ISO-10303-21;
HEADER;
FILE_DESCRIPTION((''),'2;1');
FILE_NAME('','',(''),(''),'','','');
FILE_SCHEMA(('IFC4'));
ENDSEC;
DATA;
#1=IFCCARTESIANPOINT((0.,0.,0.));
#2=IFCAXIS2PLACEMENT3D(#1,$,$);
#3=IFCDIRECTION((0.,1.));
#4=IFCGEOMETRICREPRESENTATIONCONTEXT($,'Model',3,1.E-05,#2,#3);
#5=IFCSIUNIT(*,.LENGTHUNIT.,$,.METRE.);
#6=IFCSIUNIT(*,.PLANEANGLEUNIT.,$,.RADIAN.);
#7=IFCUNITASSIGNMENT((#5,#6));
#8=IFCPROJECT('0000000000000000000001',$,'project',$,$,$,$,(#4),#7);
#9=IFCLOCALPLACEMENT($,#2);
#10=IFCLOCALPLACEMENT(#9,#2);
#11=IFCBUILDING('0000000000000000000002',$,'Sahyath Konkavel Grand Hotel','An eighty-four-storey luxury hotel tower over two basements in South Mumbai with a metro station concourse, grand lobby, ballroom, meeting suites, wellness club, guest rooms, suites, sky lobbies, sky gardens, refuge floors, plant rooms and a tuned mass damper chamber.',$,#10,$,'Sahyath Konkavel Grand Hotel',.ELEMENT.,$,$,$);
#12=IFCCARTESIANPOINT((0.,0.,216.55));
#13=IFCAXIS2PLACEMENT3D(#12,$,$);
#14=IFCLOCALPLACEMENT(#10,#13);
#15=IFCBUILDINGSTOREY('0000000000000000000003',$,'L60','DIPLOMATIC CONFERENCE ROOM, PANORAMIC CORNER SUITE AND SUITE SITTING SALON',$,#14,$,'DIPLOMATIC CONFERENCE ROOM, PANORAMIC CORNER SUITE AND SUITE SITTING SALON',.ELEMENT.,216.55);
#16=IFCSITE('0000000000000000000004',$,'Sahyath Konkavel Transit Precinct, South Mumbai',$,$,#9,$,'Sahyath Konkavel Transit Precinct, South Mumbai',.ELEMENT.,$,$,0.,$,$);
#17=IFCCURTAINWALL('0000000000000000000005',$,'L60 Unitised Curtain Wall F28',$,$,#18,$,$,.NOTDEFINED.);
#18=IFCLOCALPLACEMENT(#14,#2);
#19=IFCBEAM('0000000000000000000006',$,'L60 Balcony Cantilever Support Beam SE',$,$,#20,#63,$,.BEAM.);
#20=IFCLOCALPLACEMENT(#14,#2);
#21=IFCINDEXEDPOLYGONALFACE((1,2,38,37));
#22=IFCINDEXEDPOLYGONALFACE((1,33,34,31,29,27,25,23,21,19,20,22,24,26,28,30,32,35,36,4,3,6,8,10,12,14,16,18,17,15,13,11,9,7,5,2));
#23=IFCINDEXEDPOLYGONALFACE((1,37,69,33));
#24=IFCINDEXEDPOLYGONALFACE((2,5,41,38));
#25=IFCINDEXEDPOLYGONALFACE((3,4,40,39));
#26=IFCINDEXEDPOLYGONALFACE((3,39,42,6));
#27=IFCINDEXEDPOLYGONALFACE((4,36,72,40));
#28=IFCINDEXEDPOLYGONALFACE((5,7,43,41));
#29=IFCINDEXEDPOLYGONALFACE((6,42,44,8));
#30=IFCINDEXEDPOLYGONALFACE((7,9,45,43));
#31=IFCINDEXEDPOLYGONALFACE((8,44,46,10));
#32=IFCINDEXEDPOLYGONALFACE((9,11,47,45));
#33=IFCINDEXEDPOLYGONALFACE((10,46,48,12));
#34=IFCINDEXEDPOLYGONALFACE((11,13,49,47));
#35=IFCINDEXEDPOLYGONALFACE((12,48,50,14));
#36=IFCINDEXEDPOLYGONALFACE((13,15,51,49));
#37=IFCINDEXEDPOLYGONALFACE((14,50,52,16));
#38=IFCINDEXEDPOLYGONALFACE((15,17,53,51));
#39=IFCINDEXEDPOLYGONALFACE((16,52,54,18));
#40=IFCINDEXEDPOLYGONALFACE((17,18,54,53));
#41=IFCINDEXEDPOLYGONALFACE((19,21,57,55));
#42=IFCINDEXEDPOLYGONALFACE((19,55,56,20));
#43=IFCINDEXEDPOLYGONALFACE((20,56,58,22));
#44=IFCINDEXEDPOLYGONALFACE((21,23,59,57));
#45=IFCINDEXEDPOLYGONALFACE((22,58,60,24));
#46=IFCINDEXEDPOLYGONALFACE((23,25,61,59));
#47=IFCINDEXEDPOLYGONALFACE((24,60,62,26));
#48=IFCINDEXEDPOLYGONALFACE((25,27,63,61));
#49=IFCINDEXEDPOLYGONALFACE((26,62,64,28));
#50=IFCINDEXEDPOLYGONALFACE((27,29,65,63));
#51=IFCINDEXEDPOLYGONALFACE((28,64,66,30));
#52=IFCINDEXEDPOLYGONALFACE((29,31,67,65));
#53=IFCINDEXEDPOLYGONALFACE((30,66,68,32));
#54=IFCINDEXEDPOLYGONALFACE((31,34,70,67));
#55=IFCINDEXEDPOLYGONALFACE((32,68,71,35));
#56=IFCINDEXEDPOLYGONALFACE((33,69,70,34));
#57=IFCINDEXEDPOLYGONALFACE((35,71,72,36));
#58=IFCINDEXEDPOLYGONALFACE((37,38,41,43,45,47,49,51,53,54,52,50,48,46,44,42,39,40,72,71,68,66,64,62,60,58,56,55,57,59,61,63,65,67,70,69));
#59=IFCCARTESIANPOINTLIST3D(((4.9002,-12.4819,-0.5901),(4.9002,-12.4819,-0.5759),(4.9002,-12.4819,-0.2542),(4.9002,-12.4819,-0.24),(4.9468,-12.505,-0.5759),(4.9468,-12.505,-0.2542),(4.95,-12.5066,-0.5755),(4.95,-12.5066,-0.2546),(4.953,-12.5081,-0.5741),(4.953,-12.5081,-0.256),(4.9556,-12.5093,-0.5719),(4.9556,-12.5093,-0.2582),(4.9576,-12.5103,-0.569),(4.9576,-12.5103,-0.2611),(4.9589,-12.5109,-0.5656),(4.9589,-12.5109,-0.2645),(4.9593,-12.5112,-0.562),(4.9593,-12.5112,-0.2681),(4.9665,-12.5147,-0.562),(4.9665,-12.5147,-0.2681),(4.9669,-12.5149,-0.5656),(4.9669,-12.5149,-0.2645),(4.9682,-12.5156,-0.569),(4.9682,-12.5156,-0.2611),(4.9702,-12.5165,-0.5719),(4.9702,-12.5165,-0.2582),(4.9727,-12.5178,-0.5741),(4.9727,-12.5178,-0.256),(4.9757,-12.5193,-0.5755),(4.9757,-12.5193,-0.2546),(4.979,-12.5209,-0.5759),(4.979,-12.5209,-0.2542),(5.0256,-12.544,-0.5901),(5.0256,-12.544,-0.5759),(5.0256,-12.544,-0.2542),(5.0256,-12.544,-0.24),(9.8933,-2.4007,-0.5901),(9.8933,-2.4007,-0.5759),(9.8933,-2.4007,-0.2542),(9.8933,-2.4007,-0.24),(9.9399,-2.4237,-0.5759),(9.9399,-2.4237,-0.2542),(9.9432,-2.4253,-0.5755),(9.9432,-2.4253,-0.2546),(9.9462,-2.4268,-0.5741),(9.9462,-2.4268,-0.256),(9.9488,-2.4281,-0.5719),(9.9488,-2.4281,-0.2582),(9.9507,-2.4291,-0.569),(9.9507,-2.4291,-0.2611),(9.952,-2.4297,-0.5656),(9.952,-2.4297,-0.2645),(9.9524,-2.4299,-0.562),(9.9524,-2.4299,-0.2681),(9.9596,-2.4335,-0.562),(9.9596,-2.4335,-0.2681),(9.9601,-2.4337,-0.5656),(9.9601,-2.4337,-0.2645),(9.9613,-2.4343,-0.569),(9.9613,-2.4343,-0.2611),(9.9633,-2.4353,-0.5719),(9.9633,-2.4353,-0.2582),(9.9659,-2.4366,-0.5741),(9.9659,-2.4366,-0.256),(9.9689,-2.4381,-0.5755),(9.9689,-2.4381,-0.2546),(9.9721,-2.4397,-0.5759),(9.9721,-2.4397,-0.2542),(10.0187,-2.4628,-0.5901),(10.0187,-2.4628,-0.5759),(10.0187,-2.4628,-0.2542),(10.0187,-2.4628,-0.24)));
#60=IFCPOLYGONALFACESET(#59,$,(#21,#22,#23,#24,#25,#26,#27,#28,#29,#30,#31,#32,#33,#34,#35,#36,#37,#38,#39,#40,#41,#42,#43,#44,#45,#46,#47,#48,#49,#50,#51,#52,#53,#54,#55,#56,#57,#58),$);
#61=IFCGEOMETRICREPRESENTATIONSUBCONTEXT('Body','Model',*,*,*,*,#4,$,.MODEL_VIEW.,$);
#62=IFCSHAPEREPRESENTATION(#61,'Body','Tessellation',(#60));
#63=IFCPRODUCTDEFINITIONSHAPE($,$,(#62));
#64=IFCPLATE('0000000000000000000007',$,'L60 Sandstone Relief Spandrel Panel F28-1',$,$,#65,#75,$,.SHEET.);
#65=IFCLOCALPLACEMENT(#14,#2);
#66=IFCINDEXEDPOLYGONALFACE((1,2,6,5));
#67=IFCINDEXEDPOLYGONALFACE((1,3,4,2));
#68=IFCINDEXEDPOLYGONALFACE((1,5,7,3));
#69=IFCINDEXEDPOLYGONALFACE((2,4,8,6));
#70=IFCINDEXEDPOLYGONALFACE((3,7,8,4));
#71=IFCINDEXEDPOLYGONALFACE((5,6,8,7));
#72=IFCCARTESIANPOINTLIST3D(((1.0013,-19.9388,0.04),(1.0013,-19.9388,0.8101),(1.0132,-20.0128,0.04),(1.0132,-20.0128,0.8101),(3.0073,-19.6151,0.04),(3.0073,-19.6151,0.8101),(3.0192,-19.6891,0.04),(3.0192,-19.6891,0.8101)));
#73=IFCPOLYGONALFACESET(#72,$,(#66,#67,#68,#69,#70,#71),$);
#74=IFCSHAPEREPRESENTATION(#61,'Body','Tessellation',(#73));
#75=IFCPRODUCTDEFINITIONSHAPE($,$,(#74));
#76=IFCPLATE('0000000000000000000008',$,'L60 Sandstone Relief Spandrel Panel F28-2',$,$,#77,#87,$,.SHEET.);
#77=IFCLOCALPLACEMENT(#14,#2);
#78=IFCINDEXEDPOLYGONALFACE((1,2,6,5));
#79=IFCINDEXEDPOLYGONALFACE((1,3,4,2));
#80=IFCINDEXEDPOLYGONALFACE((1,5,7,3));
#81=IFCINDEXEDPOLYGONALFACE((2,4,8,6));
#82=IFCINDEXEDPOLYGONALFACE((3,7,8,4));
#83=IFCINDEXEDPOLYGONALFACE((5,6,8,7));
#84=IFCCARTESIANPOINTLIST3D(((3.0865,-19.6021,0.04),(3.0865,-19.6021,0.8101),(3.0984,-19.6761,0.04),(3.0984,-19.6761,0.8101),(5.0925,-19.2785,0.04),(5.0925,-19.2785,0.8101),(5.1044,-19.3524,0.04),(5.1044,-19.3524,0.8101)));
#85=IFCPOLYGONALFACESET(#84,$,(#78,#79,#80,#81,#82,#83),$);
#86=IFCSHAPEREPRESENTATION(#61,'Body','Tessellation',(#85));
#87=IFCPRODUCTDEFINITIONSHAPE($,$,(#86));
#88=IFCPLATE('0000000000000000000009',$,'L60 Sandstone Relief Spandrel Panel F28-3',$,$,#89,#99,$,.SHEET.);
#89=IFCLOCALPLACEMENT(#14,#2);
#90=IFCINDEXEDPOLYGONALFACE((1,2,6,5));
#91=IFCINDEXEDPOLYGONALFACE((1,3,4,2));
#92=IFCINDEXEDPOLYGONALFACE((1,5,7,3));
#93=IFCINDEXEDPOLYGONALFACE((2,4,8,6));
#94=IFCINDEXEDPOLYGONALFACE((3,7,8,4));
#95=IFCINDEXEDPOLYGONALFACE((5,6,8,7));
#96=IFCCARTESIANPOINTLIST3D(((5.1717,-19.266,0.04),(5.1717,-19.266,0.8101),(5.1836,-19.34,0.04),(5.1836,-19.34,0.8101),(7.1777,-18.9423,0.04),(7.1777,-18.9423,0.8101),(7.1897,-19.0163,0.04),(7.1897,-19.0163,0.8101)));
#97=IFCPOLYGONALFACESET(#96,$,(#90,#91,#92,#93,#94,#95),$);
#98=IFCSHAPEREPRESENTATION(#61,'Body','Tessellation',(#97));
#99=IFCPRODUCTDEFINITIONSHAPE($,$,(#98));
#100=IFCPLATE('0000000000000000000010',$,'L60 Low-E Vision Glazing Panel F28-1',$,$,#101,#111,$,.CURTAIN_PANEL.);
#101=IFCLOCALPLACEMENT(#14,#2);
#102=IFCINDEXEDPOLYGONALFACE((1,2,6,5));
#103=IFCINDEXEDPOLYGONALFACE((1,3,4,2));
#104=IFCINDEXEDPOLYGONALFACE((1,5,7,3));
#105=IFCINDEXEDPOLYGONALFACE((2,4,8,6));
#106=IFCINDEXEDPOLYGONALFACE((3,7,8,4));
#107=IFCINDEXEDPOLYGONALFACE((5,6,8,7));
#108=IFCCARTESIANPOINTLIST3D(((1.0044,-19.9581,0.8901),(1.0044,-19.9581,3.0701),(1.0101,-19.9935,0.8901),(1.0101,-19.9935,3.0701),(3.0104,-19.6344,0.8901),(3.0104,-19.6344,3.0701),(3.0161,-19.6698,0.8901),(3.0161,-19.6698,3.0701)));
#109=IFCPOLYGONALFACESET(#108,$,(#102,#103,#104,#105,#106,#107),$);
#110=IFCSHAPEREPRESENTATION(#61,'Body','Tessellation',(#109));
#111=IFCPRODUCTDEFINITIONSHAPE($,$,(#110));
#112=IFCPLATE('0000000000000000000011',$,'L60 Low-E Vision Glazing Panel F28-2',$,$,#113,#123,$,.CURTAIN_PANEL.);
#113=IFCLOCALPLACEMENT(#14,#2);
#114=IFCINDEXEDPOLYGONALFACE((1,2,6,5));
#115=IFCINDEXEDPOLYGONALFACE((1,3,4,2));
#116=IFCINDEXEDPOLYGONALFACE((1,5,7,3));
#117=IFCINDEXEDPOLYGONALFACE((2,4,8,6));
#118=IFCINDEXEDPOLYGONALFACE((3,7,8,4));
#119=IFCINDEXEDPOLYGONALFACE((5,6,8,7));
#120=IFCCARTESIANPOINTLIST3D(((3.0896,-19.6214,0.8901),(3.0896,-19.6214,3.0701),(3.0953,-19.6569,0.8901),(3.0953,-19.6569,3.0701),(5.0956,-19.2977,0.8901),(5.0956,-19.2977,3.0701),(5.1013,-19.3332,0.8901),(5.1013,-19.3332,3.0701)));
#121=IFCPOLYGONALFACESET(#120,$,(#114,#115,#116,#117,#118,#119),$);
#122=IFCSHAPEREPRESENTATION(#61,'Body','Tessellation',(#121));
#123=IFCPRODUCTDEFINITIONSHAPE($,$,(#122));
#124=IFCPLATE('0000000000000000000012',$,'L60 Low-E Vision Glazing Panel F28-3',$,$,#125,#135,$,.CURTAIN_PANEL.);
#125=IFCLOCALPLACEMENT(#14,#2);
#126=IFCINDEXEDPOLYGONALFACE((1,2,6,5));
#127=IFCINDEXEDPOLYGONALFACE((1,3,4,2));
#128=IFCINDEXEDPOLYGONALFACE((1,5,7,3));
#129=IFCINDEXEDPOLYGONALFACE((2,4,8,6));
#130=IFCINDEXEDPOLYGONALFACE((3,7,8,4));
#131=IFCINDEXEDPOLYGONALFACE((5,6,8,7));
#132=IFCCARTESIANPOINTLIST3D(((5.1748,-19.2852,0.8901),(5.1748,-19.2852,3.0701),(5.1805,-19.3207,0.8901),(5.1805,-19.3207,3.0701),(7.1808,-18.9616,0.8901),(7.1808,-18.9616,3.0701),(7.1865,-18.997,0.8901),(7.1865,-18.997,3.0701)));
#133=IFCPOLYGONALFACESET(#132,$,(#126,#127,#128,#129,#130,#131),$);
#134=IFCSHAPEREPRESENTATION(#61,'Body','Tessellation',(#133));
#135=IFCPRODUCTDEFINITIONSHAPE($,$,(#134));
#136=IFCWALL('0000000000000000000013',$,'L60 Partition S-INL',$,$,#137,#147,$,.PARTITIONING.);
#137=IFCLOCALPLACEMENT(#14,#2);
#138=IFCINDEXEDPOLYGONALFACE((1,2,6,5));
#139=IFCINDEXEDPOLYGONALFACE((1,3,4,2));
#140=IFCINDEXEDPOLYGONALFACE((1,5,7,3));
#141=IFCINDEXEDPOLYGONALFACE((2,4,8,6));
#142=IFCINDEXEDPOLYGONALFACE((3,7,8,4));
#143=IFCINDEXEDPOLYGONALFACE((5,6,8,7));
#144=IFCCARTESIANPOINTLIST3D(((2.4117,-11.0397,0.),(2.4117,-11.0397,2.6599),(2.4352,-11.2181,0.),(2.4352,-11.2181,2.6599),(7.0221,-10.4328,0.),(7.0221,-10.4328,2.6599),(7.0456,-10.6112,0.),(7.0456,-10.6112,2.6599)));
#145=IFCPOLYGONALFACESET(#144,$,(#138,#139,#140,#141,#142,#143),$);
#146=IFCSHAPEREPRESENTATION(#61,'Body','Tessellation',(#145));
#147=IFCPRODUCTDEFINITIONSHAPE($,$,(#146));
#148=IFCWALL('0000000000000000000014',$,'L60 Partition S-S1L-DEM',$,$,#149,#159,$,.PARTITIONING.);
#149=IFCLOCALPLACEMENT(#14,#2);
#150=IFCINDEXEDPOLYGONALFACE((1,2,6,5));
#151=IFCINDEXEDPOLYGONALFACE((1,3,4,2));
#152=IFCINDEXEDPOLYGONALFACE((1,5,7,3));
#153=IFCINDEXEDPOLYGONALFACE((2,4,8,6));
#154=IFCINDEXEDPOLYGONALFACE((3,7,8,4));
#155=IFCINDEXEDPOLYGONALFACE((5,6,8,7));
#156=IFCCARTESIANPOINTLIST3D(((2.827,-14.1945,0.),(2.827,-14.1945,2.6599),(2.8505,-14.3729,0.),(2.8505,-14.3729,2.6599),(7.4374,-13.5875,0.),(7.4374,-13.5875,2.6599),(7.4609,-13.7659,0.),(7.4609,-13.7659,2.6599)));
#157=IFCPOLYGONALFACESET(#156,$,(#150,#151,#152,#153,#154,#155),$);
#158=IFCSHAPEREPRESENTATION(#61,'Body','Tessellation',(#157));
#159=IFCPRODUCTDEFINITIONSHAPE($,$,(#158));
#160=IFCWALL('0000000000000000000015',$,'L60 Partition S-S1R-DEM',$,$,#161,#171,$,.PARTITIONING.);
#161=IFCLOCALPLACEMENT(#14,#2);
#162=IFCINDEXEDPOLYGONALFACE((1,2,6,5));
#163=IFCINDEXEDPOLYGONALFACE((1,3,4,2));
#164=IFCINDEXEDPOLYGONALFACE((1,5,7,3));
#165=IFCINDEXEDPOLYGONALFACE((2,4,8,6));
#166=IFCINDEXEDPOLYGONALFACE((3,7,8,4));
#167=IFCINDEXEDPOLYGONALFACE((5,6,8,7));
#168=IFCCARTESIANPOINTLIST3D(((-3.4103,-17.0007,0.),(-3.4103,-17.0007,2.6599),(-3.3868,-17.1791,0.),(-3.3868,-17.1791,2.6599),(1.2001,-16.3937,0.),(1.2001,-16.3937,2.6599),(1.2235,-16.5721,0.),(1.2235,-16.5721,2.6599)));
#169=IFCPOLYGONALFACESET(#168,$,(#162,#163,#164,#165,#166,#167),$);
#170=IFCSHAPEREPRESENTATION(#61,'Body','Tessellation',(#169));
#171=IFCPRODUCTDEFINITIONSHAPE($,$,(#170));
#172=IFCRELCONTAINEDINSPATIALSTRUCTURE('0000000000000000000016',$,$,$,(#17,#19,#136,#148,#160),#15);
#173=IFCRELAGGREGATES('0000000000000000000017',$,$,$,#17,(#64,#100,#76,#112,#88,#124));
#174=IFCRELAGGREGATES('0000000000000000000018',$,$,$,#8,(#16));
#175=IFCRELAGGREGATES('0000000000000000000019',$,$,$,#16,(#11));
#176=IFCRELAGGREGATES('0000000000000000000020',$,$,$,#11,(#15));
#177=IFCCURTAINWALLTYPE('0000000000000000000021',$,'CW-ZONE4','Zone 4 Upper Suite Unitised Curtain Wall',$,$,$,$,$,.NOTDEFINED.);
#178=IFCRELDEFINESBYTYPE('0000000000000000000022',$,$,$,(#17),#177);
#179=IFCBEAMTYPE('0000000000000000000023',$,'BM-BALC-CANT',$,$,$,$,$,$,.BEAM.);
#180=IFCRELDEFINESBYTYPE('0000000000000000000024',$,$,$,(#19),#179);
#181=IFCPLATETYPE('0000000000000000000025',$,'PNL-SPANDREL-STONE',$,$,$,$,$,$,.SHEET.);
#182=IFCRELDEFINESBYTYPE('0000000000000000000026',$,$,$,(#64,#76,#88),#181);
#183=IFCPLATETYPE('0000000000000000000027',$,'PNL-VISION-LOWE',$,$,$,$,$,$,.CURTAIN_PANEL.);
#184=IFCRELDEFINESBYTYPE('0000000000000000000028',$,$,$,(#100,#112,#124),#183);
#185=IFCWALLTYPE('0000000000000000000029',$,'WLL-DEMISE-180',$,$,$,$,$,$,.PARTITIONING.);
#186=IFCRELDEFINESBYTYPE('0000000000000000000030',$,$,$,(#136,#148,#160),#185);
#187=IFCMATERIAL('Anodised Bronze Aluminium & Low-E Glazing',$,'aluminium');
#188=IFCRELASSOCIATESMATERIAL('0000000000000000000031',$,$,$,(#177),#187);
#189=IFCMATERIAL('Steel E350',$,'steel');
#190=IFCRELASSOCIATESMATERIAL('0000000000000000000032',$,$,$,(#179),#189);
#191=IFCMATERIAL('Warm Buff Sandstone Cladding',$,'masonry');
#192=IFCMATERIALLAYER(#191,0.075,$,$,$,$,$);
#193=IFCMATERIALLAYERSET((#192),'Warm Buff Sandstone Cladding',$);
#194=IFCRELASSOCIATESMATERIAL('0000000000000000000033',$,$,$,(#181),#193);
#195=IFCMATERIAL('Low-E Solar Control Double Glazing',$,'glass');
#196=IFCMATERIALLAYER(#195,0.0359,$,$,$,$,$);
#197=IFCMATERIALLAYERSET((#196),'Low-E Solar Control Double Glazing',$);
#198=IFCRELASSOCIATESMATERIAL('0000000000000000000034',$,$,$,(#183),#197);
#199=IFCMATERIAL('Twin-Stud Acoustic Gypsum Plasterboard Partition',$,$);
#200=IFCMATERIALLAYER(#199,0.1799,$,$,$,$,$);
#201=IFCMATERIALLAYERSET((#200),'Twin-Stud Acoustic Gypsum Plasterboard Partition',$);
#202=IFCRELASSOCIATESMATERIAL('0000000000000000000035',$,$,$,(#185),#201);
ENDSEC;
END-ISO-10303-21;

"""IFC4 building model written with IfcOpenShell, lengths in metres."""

from ifc_helpers import new_model, si_unit, direction, frame, frame_2d, origin, origin_2d, place, context, subcontext, project, spatial, rectangle, i_section, extrude, source, transform, mapped, material, layer, layer_set, material_profile, profile_set, type_object, element, aggregate, save


model = new_model("IFC4")

# Units and contexts
model_context = context("Model", 3, precision=1e-05, world=origin(), true_north=direction((0.0, 1.0)))
body_context = subcontext(model_context, "Body", "Model", "MODEL_VIEW")
ifc_project = project(units=[si_unit("LENGTHUNIT", "METRE"), si_unit("PLANEANGLEUNIT", "RADIAN")], contexts=[model_context])

# Site, building, storey
site_placement = place(None, origin())
site = spatial("IfcSite", under=ifc_project, at=site_placement, Name="Sahyath Konkavel Transit Precinct, South Mumbai", LongName="Sahyath Konkavel Transit Precinct, South Mumbai", CompositionType="ELEMENT", RefElevation=0.0)
building_placement = place(site_placement, origin())
building = spatial("IfcBuilding", under=site, at=building_placement, Name="Sahyath Konkavel Grand Hotel", Description="An eighty-four-storey luxury hotel tower over two basements in South Mumbai with a metro station concourse, grand lobby, ballroom, meeting suites, wellness club, guest rooms, suites, sky lobbies, sky gardens, refuge floors, plant rooms and a tuned mass damper chamber.", LongName="Sahyath Konkavel Grand Hotel", CompositionType="ELEMENT")
storey_placement = place(building_placement, frame((0.0, 0.0, 216.55)))
storey = spatial("IfcBuildingStorey", under=building, at=storey_placement, Name="L60", Description="DIPLOMATIC CONFERENCE ROOM, PANORAMIC CORNER SUITE AND SUITE SITTING SALON", LongName="DIPLOMATIC CONFERENCE ROOM, PANORAMIC CORNER SUITE AND SUITE SITTING SALON", CompositionType="ELEMENT", Elevation=216.55)

# Curtain wall
ifc_material_1 = material(Name="Anodised Bronze Aluminium & Low-E Glazing", Category="aluminium")
curtain_wall_type = type_object("IfcCurtainWallType", Name="CW-ZONE4", Description="Zone 4 Upper Suite Unitised Curtain Wall", PredefinedType="NOTDEFINED", material=ifc_material_1)
curtain_wall_placement = place(storey_placement, origin())
curtain_wall = element("IfcCurtainWall", 1, at=curtain_wall_placement, inside=storey, type_object=curtain_wall_type, Name="L60 Unitised Curtain Wall F28", PredefinedType="NOTDEFINED")

# Beam
ifc_material_2 = material(Name="Steel E350", Category="steel")
ifc_material_profile_1 = material_profile(ifc_material_2, i_section(OverallWidth=0.1399, OverallDepth=0.3501, WebThickness=0.0081, FlangeThickness=0.0142, FilletRadius=0.0139, at=origin_2d()), Name="ISMB 350")
ifc_profile_set_1 = profile_set([ifc_material_profile_1], Name="Steel E350")
beam_type = type_object("IfcBeamType", Name="BM-BALC-CANT", PredefinedType="BEAM", material=ifc_profile_set_1)
shared_shape_1 = source(origin(), body_context, "Body", "SweptSolid", [
    extrude(i_section(OverallWidth=0.1399, OverallDepth=0.3501, WebThickness=0.0081, FlangeThickness=0.0142, FilletRadius=0.0139, at=origin_2d()), origin(), (0.0, 0.0, 1.0), 11.25),
])
beam_placement = place(storey_placement, frame((4.9629, -12.5129, -0.415), z_axis=(0.443834, 0.896109, 0.0), x_axis=(-0.896109, 0.443834, 0.0)))
element("IfcBeam", 2, at=beam_placement, inside=storey, type_object=beam_type, Name="L60 Balcony Cantilever Support Beam SE", PredefinedType="BEAM", context=body_context, shape_type="MappedRepresentation", body=[
    mapped(shared_shape_1, transform((0.0, 0.0, 0.0), scale=1.0)),
])

# Plates
ifc_material_3 = material(Name="Warm Buff Sandstone Cladding", Category="masonry")
ifc_layer_1 = layer(ifc_material_3, 0.075)
ifc_layer_set_1 = layer_set([ifc_layer_1], Name="Warm Buff Sandstone Cladding")
plate_type_1 = type_object("IfcPlateType", Name="PNL-SPANDREL-STONE", PredefinedType="SHEET", material=ifc_layer_set_1)
shared_shape_2 = source(origin(), body_context, "Body", "SweptSolid", [
    extrude(rectangle(XDim=2.032, YDim=0.075, at=origin_2d()), origin(), (0.0, 0.0, 1.0), 0.77),
])
plate_1_placement = place(storey_placement, frame((2.0103, -19.814, 0.04), z_axis=(0.0, 0.0, 1.0), x_axis=(0.987231, 0.159295, 0.0)))
plate_1 = element("IfcPlate", 3, at=plate_1_placement, type_object=plate_type_1, Name="L60 Sandstone Relief Spandrel Panel F28-1", PredefinedType="SHEET", context=body_context, shape_type="MappedRepresentation", body=[
    mapped(shared_shape_2, transform((0.0, 0.0, 0.0), scale=1.0)),
])
plate_2_placement = place(storey_placement, frame((4.0955, -19.4773, 0.04), z_axis=(0.0, 0.0, 1.0), x_axis=(0.987231, 0.159295, 0.0)))
plate_2 = element("IfcPlate", 4, at=plate_2_placement, type_object=plate_type_1, Name="L60 Sandstone Relief Spandrel Panel F28-2", PredefinedType="SHEET", context=body_context, shape_type="MappedRepresentation", body=[
    mapped(shared_shape_2, transform((0.0, 0.0, 0.0), scale=1.0)),
])
plate_3_placement = place(storey_placement, frame((6.1807, -19.1411, 0.04), z_axis=(0.0, 0.0, 1.0), x_axis=(0.987231, 0.159295, 0.0)))
plate_3 = element("IfcPlate", 5, at=plate_3_placement, type_object=plate_type_1, Name="L60 Sandstone Relief Spandrel Panel F28-3", PredefinedType="SHEET", context=body_context, shape_type="MappedRepresentation", body=[
    mapped(shared_shape_2, transform((0.0, 0.0, 0.0), scale=1.0)),
])
ifc_material_4 = material(Name="Low-E Solar Control Double Glazing", Category="glass")
ifc_layer_2 = layer(ifc_material_4, 0.0359)
ifc_layer_set_2 = layer_set([ifc_layer_2], Name="Low-E Solar Control Double Glazing")
plate_type_2 = type_object("IfcPlateType", Name="PNL-VISION-LOWE", PredefinedType="CURTAIN_PANEL", material=ifc_layer_set_2)
shared_shape_3 = source(origin(), body_context, "Body", "SweptSolid", [
    extrude(rectangle(XDim=2.032, YDim=0.0359, at=origin_2d()), origin(), (0.0, 0.0, 1.0), 2.1799),
])
plate_4_placement = place(storey_placement, frame((2.0103, -19.814, 0.8901), z_axis=(0.0, 0.0, 1.0), x_axis=(0.987231, 0.159295, 0.0)))
plate_4 = element("IfcPlate", 6, at=plate_4_placement, type_object=plate_type_2, Name="L60 Low-E Vision Glazing Panel F28-1", PredefinedType="CURTAIN_PANEL", context=body_context, shape_type="MappedRepresentation", body=[
    mapped(shared_shape_3, transform((0.0, 0.0, 0.0), scale=1.0)),
])
plate_5_placement = place(storey_placement, frame((4.0955, -19.4773, 0.8901), z_axis=(0.0, 0.0, 1.0), x_axis=(0.987231, 0.159295, 0.0)))
plate_5 = element("IfcPlate", 7, at=plate_5_placement, type_object=plate_type_2, Name="L60 Low-E Vision Glazing Panel F28-2", PredefinedType="CURTAIN_PANEL", context=body_context, shape_type="MappedRepresentation", body=[
    mapped(shared_shape_3, transform((0.0, 0.0, 0.0), scale=1.0)),
])
plate_6_placement = place(storey_placement, frame((6.1807, -19.1411, 0.8901), z_axis=(0.0, 0.0, 1.0), x_axis=(0.987231, 0.159295, 0.0)))
plate_6 = element("IfcPlate", 8, at=plate_6_placement, type_object=plate_type_2, Name="L60 Low-E Vision Glazing Panel F28-3", PredefinedType="CURTAIN_PANEL", context=body_context, shape_type="MappedRepresentation", body=[
    mapped(shared_shape_3, transform((0.0, 0.0, 0.0), scale=1.0)),
])
aggregate(curtain_wall, [plate_1, plate_4, plate_2, plate_5, plate_3, plate_6])

# Walls
ifc_material_5 = material(Name="Twin-Stud Acoustic Gypsum Plasterboard Partition")
ifc_layer_3 = layer(ifc_material_5, 0.1799)
ifc_layer_set_3 = layer_set([ifc_layer_3], Name="Twin-Stud Acoustic Gypsum Plasterboard Partition")
wall_type_1 = type_object("IfcWallType", Name="WLL-DEMISE-180", PredefinedType="PARTITIONING", material=ifc_layer_set_3)
for number, where, z_axis, x_axis, name in (
    (9, (2.4233, -11.1289, 0.0), (0.0, 0.0, 1.0), (0.991446, 0.13052, 0.0), "L60 Partition S-INL"),
    (10, (2.8386, -14.2837, 0.0), (0.0, 0.0, 1.0), (0.991446, 0.13052, 0.0), "L60 Partition S-S1L-DEM"),
    (11, (1.2119, -16.4829, 0.0), (0.0, 0.0, 1.0), (-0.991446, -0.13052, 0.0), "L60 Partition S-S1R-DEM"),
):
    element("IfcWall", number, at=place(storey_placement, frame(where, z_axis=z_axis, x_axis=x_axis)), inside=storey, type_object=wall_type_1, Name=name, PredefinedType="PARTITIONING", context=body_context, shape_type="SweptSolid", body=[
        extrude(rectangle(XDim=4.6501, YDim=0.1799, at=frame_2d((2.3252, 0.0))), origin(), (0.0, 0.0, 1.0), 2.6599),
    ])

save(model, "model.ifc")
